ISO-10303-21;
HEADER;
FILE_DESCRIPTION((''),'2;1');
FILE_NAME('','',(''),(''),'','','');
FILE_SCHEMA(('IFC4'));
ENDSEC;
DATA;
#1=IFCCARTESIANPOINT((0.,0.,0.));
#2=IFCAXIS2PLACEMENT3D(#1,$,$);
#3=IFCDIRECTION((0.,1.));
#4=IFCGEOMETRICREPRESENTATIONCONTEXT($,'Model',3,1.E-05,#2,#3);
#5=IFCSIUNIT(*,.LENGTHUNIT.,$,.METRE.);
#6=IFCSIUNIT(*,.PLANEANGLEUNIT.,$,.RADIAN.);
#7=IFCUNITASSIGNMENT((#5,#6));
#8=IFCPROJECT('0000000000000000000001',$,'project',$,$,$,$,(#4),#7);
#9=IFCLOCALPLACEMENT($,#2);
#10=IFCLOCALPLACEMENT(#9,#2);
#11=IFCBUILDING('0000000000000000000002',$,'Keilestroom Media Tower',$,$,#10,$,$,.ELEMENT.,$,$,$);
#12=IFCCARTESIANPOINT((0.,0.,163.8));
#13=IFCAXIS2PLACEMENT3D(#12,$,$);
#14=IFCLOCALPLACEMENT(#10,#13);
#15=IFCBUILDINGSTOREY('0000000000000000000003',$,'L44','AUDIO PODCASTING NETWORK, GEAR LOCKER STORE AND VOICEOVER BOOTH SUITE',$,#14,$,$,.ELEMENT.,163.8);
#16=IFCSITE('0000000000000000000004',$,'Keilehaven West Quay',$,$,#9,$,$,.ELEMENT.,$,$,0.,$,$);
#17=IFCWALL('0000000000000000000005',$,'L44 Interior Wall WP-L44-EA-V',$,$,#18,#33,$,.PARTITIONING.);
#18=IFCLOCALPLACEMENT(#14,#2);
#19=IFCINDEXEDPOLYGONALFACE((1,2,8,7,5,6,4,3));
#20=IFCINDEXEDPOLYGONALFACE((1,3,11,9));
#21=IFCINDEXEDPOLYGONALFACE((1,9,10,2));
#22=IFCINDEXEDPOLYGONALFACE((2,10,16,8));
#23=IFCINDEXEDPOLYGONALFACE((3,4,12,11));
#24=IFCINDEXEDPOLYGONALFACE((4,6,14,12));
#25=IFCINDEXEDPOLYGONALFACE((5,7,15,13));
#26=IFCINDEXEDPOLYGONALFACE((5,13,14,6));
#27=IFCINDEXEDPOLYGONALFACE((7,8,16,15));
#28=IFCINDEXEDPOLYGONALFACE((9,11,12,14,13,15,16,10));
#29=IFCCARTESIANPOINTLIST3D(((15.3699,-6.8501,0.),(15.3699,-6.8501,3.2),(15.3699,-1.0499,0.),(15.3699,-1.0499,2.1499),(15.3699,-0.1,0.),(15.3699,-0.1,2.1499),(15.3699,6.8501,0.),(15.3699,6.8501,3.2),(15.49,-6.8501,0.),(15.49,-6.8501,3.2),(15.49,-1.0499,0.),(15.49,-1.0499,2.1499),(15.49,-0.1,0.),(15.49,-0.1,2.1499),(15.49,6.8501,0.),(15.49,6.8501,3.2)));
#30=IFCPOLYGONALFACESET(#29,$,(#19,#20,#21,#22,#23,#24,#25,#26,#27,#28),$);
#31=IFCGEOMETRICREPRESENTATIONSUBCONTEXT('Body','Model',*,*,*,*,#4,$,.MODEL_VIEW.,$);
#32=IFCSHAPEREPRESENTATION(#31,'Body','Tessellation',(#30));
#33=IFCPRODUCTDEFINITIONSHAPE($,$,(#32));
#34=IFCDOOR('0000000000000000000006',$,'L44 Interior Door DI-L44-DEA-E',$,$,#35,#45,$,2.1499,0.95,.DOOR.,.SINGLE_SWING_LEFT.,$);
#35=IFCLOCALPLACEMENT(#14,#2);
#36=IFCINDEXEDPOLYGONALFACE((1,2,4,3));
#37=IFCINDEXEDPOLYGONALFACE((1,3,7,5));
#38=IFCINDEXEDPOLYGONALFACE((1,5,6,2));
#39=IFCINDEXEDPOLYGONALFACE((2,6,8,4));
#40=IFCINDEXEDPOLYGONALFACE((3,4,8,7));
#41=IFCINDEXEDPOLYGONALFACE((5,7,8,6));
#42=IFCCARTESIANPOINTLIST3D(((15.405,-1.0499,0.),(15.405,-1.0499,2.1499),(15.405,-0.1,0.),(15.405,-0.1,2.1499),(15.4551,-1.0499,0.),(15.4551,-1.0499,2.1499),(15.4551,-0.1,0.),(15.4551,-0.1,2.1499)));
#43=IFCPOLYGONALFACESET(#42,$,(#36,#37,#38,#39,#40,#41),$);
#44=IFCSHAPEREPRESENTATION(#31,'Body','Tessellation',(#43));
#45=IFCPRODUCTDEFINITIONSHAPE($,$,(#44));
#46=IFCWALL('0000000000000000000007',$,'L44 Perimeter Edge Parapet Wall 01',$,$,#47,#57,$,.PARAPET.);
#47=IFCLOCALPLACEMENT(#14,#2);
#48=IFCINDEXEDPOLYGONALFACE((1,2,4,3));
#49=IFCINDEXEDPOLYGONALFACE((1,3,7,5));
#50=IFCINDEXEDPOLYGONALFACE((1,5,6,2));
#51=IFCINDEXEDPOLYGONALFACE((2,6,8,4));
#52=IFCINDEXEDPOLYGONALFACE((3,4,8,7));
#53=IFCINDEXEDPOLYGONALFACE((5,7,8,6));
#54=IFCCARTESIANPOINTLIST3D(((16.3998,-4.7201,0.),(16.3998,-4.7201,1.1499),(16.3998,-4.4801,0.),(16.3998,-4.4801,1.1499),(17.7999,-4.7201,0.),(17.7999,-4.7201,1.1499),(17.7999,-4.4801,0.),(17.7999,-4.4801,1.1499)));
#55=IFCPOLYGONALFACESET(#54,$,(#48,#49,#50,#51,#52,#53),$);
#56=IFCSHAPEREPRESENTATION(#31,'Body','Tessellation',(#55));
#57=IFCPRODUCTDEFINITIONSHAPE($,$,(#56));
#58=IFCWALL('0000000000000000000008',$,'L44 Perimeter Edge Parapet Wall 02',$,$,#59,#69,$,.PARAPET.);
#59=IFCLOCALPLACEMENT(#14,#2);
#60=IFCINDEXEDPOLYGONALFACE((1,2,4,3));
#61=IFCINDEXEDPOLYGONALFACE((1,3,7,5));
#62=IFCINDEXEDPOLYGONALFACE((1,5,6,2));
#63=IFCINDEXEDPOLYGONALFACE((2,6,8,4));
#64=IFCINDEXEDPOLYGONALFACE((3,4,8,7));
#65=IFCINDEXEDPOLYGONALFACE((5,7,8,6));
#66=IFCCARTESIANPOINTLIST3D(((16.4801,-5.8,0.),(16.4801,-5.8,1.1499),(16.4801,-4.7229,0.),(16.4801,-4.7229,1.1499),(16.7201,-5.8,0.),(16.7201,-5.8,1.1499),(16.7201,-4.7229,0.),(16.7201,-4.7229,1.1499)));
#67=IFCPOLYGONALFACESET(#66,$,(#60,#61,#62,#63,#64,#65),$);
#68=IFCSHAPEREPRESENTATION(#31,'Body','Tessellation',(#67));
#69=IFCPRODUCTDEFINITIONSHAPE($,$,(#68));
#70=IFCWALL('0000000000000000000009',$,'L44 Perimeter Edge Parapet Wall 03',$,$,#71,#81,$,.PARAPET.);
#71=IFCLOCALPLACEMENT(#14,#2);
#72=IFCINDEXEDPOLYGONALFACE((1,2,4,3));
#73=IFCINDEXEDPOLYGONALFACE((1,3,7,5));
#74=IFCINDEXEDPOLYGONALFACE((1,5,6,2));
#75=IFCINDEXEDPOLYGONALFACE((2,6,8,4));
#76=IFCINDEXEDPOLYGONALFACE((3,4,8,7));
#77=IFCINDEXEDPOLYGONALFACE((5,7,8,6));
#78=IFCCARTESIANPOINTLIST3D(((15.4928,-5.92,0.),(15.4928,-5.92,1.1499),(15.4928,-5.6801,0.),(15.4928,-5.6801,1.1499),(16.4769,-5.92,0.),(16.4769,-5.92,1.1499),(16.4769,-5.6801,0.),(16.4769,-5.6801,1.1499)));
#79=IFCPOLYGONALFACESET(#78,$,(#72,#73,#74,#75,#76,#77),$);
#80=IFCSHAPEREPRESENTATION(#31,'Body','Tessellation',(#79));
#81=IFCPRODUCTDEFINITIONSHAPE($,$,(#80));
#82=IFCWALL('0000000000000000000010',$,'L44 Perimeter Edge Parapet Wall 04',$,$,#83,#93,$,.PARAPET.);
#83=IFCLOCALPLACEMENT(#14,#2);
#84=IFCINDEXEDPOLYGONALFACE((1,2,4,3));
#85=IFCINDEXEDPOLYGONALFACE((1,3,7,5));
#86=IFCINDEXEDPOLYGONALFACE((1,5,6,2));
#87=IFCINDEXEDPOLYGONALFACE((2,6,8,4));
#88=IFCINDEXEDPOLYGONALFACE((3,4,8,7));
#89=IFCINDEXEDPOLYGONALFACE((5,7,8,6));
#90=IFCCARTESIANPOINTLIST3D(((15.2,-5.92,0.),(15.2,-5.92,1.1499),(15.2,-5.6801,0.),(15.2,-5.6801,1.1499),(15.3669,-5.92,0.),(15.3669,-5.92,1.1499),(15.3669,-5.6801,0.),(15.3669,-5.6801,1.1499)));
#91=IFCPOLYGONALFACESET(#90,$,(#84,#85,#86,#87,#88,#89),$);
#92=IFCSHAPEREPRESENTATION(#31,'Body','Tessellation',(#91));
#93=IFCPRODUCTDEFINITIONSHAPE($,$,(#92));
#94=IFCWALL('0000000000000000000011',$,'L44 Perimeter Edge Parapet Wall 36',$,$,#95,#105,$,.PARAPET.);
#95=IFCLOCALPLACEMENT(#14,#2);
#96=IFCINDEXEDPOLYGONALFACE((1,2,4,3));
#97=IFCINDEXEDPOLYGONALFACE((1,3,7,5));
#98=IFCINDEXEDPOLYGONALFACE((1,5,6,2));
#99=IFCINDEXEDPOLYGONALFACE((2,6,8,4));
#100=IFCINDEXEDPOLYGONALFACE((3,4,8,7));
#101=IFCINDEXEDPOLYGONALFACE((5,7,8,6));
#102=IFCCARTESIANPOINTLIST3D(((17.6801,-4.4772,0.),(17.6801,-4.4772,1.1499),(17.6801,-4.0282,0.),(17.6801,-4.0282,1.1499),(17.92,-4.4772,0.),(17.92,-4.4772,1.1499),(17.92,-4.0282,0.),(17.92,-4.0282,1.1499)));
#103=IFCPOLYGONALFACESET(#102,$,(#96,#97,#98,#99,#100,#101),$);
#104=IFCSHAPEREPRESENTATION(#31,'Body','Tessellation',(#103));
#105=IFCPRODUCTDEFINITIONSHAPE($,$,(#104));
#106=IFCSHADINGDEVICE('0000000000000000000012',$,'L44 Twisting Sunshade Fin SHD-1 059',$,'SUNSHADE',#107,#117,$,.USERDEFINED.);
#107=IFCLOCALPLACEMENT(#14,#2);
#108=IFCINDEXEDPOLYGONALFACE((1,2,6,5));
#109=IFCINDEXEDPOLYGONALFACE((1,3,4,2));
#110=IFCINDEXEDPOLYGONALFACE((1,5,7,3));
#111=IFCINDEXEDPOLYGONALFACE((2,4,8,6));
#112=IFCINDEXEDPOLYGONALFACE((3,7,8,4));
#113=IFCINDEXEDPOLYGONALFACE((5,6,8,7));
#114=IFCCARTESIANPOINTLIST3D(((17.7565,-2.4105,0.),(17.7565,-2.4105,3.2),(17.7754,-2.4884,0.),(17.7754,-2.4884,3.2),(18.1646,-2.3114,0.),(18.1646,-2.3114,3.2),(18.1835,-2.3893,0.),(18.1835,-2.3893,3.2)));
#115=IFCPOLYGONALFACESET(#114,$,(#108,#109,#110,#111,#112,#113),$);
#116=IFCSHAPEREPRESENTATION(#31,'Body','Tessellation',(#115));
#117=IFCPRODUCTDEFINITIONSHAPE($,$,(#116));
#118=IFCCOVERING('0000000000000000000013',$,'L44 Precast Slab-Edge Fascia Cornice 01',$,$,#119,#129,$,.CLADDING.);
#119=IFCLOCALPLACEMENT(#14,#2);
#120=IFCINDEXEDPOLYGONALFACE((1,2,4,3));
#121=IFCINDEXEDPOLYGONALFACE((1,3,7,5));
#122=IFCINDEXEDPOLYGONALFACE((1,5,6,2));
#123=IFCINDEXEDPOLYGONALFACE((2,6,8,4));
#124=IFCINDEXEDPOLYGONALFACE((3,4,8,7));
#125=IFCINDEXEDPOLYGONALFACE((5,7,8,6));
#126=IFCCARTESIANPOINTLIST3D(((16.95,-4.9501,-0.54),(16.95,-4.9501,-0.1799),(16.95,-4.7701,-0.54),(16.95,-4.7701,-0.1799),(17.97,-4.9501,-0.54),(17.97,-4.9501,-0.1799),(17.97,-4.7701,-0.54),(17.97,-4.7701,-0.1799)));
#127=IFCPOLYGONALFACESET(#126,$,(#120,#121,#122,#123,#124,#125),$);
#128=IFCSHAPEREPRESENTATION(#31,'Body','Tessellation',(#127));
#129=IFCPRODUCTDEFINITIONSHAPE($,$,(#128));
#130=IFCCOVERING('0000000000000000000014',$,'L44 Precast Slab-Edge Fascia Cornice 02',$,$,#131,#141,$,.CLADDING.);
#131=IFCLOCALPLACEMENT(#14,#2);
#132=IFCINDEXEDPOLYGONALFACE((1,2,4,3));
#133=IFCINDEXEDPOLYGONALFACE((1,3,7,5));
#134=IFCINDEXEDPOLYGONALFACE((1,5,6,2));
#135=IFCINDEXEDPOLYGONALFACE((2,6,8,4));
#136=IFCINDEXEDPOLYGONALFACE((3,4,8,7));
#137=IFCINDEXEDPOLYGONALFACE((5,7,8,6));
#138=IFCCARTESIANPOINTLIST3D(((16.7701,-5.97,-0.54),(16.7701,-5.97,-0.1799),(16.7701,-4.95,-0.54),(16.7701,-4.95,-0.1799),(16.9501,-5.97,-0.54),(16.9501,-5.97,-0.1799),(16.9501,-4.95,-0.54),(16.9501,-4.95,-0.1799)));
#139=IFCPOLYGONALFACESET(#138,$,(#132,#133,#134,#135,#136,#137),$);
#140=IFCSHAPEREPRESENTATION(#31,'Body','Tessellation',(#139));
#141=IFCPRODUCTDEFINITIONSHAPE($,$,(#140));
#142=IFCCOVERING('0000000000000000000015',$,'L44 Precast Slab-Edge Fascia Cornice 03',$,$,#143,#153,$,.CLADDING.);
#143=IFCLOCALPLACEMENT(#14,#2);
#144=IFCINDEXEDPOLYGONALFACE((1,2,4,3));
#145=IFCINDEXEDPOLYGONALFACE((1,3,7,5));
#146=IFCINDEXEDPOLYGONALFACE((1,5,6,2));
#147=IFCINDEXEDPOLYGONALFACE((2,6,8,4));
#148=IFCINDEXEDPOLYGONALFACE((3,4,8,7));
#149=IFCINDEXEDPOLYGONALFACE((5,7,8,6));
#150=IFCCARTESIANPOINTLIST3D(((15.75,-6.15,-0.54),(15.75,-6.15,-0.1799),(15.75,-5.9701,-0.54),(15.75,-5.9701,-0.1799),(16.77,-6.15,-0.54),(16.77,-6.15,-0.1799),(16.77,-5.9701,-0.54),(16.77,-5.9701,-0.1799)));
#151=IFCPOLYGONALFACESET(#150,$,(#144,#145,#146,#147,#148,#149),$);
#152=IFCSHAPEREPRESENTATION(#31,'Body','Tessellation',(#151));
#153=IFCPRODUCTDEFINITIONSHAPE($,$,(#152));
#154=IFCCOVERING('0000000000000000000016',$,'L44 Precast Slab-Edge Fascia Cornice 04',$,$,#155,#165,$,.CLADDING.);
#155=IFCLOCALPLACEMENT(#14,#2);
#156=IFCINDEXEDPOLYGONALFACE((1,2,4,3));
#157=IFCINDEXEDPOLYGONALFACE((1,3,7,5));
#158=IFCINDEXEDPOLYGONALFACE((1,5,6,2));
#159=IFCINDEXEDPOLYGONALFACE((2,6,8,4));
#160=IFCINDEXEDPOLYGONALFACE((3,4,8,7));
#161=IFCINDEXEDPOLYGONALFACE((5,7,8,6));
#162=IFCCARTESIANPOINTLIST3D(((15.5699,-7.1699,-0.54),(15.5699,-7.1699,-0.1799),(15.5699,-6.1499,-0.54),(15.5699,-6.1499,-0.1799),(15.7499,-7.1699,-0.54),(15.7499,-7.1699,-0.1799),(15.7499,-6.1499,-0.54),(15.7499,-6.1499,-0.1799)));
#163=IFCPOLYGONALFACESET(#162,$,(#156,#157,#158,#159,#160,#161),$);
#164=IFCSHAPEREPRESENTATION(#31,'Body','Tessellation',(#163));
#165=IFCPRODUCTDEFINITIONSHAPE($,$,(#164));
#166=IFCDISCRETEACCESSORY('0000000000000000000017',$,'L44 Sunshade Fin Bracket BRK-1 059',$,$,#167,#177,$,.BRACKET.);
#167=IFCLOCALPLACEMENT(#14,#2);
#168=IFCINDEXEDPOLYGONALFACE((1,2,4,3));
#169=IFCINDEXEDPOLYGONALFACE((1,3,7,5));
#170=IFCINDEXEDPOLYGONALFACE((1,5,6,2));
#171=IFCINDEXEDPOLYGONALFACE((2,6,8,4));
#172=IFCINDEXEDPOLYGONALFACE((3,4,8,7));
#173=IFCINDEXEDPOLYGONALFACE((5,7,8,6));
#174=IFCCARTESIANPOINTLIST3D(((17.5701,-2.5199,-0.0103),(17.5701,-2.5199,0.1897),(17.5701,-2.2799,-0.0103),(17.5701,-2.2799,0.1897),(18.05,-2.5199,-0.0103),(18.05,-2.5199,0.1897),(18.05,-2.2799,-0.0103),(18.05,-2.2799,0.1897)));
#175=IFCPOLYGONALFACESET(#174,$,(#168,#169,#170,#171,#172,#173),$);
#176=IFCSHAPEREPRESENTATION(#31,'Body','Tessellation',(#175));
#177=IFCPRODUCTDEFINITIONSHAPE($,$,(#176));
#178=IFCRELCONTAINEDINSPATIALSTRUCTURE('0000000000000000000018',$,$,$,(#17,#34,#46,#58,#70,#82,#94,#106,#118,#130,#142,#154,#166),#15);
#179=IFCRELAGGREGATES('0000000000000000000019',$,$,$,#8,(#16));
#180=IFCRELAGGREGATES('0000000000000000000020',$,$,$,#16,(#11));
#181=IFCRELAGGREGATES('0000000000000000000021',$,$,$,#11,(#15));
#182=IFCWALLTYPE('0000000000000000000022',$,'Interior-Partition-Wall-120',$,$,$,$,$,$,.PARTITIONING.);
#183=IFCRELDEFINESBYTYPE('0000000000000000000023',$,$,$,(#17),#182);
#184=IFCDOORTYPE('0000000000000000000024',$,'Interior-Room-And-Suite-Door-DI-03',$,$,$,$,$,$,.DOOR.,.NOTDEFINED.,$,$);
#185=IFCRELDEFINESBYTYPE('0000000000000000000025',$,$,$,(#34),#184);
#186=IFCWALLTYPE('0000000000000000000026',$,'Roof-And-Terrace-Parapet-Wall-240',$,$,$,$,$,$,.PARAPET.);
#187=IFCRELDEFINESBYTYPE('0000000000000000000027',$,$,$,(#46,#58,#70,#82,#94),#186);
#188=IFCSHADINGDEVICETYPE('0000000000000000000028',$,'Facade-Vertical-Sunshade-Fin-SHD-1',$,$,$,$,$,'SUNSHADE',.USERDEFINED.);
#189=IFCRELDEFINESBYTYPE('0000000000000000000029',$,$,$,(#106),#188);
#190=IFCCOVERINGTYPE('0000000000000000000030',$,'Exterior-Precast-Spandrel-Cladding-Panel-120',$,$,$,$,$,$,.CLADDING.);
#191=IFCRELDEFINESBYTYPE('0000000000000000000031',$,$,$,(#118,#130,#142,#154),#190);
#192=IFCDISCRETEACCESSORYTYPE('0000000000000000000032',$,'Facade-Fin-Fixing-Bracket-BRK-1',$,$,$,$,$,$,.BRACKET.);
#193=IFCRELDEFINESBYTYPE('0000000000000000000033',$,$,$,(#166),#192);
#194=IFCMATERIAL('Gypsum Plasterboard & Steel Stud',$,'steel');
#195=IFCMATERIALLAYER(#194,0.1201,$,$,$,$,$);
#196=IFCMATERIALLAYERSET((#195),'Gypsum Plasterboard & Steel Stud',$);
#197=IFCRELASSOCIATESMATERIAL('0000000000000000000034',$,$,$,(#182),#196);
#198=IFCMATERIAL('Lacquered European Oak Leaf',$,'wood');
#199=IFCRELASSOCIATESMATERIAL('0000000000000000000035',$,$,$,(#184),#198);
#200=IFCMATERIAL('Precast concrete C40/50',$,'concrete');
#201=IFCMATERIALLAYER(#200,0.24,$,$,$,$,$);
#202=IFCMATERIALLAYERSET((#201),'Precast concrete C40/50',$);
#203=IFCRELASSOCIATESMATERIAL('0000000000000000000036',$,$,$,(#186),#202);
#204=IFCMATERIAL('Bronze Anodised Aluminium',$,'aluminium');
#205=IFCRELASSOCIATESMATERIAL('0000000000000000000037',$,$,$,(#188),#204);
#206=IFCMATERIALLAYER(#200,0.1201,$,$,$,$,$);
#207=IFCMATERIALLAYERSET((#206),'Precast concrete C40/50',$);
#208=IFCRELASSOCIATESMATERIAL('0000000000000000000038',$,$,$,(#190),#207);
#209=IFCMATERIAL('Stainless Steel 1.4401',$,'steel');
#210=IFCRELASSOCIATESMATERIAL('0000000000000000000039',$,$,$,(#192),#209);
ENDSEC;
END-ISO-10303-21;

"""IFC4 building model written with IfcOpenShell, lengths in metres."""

from ifc_helpers import new_model, si_unit, direction, frame, frame_2d, origin, origin_2d, place, context, subcontext, project, spatial, rectangle, extrude, source, transform, mapped, material, layer, layer_set, type_object, element, fill, save


model = new_model("IFC4")

# Units and contexts
model_context = context("Model", 3, precision=1e-05, world=origin(), true_north=direction((0.0, 1.0)))
body_context = subcontext(model_context, "Body", "Model", "MODEL_VIEW")
ifc_project = project(units=[si_unit("LENGTHUNIT", "METRE"), si_unit("PLANEANGLEUNIT", "RADIAN")], contexts=[model_context])

# Site, building, storey
site_placement = place(None, origin())
site = spatial("IfcSite", under=ifc_project, at=site_placement, Name="Keilehaven West Quay", CompositionType="ELEMENT", RefElevation=0.0)
building_placement = place(site_placement, origin())
building = spatial("IfcBuilding", under=site, at=building_placement, Name="Keilestroom Media Tower", CompositionType="ELEMENT")
storey_placement = place(building_placement, frame((0.0, 0.0, 163.8)))
storey = spatial("IfcBuildingStorey", under=building, at=storey_placement, Name="L44", Description="AUDIO PODCASTING NETWORK, GEAR LOCKER STORE AND VOICEOVER BOOTH SUITE", CompositionType="ELEMENT", Elevation=163.8)

# Shared definitions
ifc_material_1 = material(Name="Precast concrete C40/50", Category="concrete")

# Wall, opening, door
ifc_material_2 = material(Name="Gypsum Plasterboard & Steel Stud", Category="steel")
ifc_layer_1 = layer(ifc_material_2, 0.1201)
ifc_layer_set_1 = layer_set([ifc_layer_1], Name="Gypsum Plasterboard & Steel Stud")
wall_type_1 = type_object("IfcWallType", Name="Interior-Partition-Wall-120", PredefinedType="PARTITIONING", material=ifc_layer_set_1)
wall_1_placement = place(storey_placement, frame((15.4299, -6.8501, 0.0), z_axis=(0.0, 0.0, 1.0), x_axis=(0.0, 1.0, 0.0)))
wall_1 = element("IfcWall", 1, at=wall_1_placement, inside=storey, type_object=wall_type_1, Name="L44 Interior Wall WP-L44-EA-V", PredefinedType="PARTITIONING", context=body_context, shape_type="SweptSolid", body=[
    extrude(rectangle(XDim=13.7002, YDim=0.1201, at=frame_2d((6.8501, 0.0))), origin(), (0.0, 0.0, 1.0), 3.2),
])
opening_placement = place(wall_1_placement, frame((5.8, 0.0, 0.0)))
opening = element("IfcOpeningElement", 2, at=opening_placement, cuts=wall_1, PredefinedType="OPENING", context=body_context, shape_type="SweptSolid", body=[
    extrude(rectangle(XDim=0.95, YDim=2.1499, at=frame_2d((0.4751, 1.075))), frame((0.0, 0.0701, 0.0), z_axis=(0.0, -1.0, 0.0), x_axis=(1.0, 0.0, 0.0)), (0.0, 0.0, 1.0), 0.1401),
])
ifc_material_3 = material(Name="Lacquered European Oak Leaf", Category="wood")
door_type = type_object("IfcDoorType", Name="Interior-Room-And-Suite-Door-DI-03", OperationType="NOTDEFINED", PredefinedType="DOOR", material=ifc_material_3)
shared_shape_1 = source(origin(), body_context, "Body", "SweptSolid", [
    extrude(rectangle(XDim=0.95, YDim=2.1499, at=frame_2d((0.4751, 1.075))), frame((0.0, 0.0249, 0.0), z_axis=(0.0, -1.0, 0.0), x_axis=(1.0, 0.0, 0.0)), (0.0, 0.0, 1.0), 0.05),
])
door_placement = place(opening_placement, origin())
door = element("IfcDoor", 3, at=door_placement, inside=storey, type_object=door_type, Name="L44 Interior Door DI-L44-DEA-E", OperationType="SINGLE_SWING_LEFT", OverallHeight=2.1499, OverallWidth=0.95, PredefinedType="DOOR", context=body_context, shape_type="MappedRepresentation", body=[
    mapped(shared_shape_1, transform((0.0, 0.0, 0.0), x_axis=(1.0, 0.0, 0.0), y_axis=(0.0, 1.0, 0.0), z_axis=(0.0, 0.0, 1.0), scale=1.0)),
])
fill(opening, door)

# Walls
ifc_layer_2 = layer(ifc_material_1, 0.24)
ifc_layer_set_2 = layer_set([ifc_layer_2], Name="Precast concrete C40/50")
wall_type_2 = type_object("IfcWallType", Name="Roof-And-Terrace-Parapet-Wall-240", PredefinedType="PARAPET", material=ifc_layer_set_2)
wall_2_placement = place(storey_placement, frame((17.8, -4.6001, 0.0), z_axis=(0.0, 0.0, 1.0), x_axis=(-1.0, 0.0, 0.0)))
element("IfcWall", 4, at=wall_2_placement, inside=storey, type_object=wall_type_2, Name="L44 Perimeter Edge Parapet Wall 01", PredefinedType="PARAPET", context=body_context, shape_type="SweptSolid", body=[
    extrude(rectangle(XDim=1.4001, YDim=0.24, at=frame_2d((0.7002, 0.0))), origin(), (0.0, 0.0, 1.0), 1.1499),
])
wall_3_placement = place(storey_placement, frame((16.6001, -4.7229, 0.0), z_axis=(0.0, 0.0, 1.0), x_axis=(0.0, -1.0, 0.0)))
element("IfcWall", 5, at=wall_3_placement, inside=storey, type_object=wall_type_2, Name="L44 Perimeter Edge Parapet Wall 02", PredefinedType="PARAPET", context=body_context, shape_type="SweptSolid", body=[
    extrude(rectangle(XDim=1.0771, YDim=0.24, at=frame_2d((0.5386, 0.0))), origin(), (0.0, 0.0, 1.0), 1.1499),
])
wall_4_placement = place(storey_placement, frame((16.4771, -5.8, 0.0), z_axis=(0.0, 0.0, 1.0), x_axis=(-1.0, 0.0, 0.0)))
element("IfcWall", 6, at=wall_4_placement, inside=storey, type_object=wall_type_2, Name="L44 Perimeter Edge Parapet Wall 03", PredefinedType="PARAPET", context=body_context, shape_type="SweptSolid", body=[
    extrude(rectangle(XDim=0.9841, YDim=0.24, at=frame_2d((0.4922, 0.0))), origin(), (0.0, 0.0, 1.0), 1.1499),
])
wall_5_placement = place(storey_placement, frame((15.3669, -5.8, 0.0), z_axis=(0.0, 0.0, 1.0), x_axis=(-1.0, 0.0, 0.0)))
element("IfcWall", 7, at=wall_5_placement, inside=storey, type_object=wall_type_2, Name="L44 Perimeter Edge Parapet Wall 04", PredefinedType="PARAPET", context=body_context, shape_type="SweptSolid", body=[
    extrude(rectangle(XDim=0.167, YDim=0.24, at=frame_2d((0.0835, 0.0))), origin(), (0.0, 0.0, 1.0), 1.1499),
])
wall_6_placement = place(storey_placement, frame((17.8, -4.0281, 0.0), z_axis=(0.0, 0.0, 1.0), x_axis=(0.0, -1.0, 0.0)))
element("IfcWall", 8, at=wall_6_placement, inside=storey, type_object=wall_type_2, Name="L44 Perimeter Edge Parapet Wall 36", PredefinedType="PARAPET", context=body_context, shape_type="SweptSolid", body=[
    extrude(rectangle(XDim=0.449, YDim=0.24, at=frame_2d((0.2246, 0.0))), origin(), (0.0, 0.0, 1.0), 1.1499),
])

# Shading device
ifc_material_4 = material(Name="Bronze Anodised Aluminium", Category="aluminium")
shading_device_type = type_object("IfcShadingDeviceType", Name="Facade-Vertical-Sunshade-Fin-SHD-1", ElementType="SUNSHADE", PredefinedType="USERDEFINED", material=ifc_material_4)
shared_shape_2 = source(origin(), body_context, "Body", "SweptSolid", [
    extrude(rectangle(XDim=0.4199, YDim=0.0801, at=origin_2d()), origin(), (0.0, 0.0, 1.0), 3.2),
])
shading_device_placement = place(storey_placement, frame((17.97, -2.3999, 0.0), z_axis=(0.0, 0.0, 1.0), x_axis=(0.971755, 0.23599, 0.0)))
element("IfcShadingDevice", 9, at=shading_device_placement, inside=storey, type_object=shading_device_type, Name="L44 Twisting Sunshade Fin SHD-1 059", ObjectType="SUNSHADE", PredefinedType="USERDEFINED", context=body_context, shape_type="MappedRepresentation", body=[
    mapped(shared_shape_2, transform((0.0, 0.0, 0.0), x_axis=(1.0, 0.0, 0.0), y_axis=(0.0, 1.0, 0.0), z_axis=(0.0, 0.0, 1.0), scale=1.0)),
])

# Coverings
ifc_layer_3 = layer(ifc_material_1, 0.1201)
ifc_layer_set_3 = layer_set([ifc_layer_3], Name="Precast concrete C40/50")
covering_type = type_object("IfcCoveringType", Name="Exterior-Precast-Spandrel-Cladding-Panel-120", PredefinedType="CLADDING", material=ifc_layer_set_3)
shared_shape_3 = source(origin(), body_context, "Body", "SweptSolid", [
    extrude(rectangle(XDim=1.02, YDim=0.1799, at=origin_2d()), origin(), (0.0, 0.0, 1.0), 0.3601),
])
for number, where, z_axis, x_axis, name in (
    (10, (17.46, -4.8601, -0.54), (0.0, 0.0, 1.0), (-1.0, 0.0, 0.0), "L44 Precast Slab-Edge Fascia Cornice 01"),
    (11, (16.8601, -5.46, -0.54), (0.0, 0.0, 1.0), (0.0, -1.0, 0.0), "L44 Precast Slab-Edge Fascia Cornice 02"),
    (12, (16.26, -6.0601, -0.54), (0.0, 0.0, 1.0), (-1.0, 0.0, 0.0), "L44 Precast Slab-Edge Fascia Cornice 03"),
    (13, (15.6599, -6.6599, -0.54), (0.0, 0.0, 1.0), (0.0, -1.0, 0.0), "L44 Precast Slab-Edge Fascia Cornice 04"),
):
    element("IfcCovering", number, at=place(storey_placement, frame(where, z_axis=z_axis, x_axis=x_axis)), inside=storey, type_object=covering_type, Name=name, PredefinedType="CLADDING", context=body_context, shape_type="MappedRepresentation", body=[
        mapped(shared_shape_3, transform((0.0, 0.0, 0.0), x_axis=(1.0, 0.0, 0.0), y_axis=(0.0, 1.0, 0.0), z_axis=(0.0, 0.0, 1.0), scale=1.0)),
    ])

# Discrete accessory
ifc_material_5 = material(Name="Stainless Steel 1.4401", Category="steel")
discrete_accessory_type = type_object("IfcDiscreteAccessoryType", Name="Facade-Fin-Fixing-Bracket-BRK-1", PredefinedType="BRACKET", material=ifc_material_5)
shared_shape_4 = source(origin(), body_context, "Body", "SweptSolid", [
    extrude(rectangle(XDim=0.48, YDim=0.24, at=origin_2d()), origin(), (0.0, 0.0, 1.0), 0.2),
])
discrete_accessory_placement = place(storey_placement, frame((17.8101, -2.3999, -0.0103), z_axis=(0.0, 0.0, 1.0), x_axis=(1.0, 0.0, 0.0)))
element("IfcDiscreteAccessory", 14, at=discrete_accessory_placement, inside=storey, type_object=discrete_accessory_type, Name="L44 Sunshade Fin Bracket BRK-1 059", PredefinedType="BRACKET", context=body_context, shape_type="MappedRepresentation", body=[
    mapped(shared_shape_4, transform((0.0, 0.0, 0.0), x_axis=(1.0, 0.0, 0.0), y_axis=(0.0, 1.0, 0.0), z_axis=(0.0, 0.0, 1.0), scale=1.0)),
])

save(model, "model.ifc")
